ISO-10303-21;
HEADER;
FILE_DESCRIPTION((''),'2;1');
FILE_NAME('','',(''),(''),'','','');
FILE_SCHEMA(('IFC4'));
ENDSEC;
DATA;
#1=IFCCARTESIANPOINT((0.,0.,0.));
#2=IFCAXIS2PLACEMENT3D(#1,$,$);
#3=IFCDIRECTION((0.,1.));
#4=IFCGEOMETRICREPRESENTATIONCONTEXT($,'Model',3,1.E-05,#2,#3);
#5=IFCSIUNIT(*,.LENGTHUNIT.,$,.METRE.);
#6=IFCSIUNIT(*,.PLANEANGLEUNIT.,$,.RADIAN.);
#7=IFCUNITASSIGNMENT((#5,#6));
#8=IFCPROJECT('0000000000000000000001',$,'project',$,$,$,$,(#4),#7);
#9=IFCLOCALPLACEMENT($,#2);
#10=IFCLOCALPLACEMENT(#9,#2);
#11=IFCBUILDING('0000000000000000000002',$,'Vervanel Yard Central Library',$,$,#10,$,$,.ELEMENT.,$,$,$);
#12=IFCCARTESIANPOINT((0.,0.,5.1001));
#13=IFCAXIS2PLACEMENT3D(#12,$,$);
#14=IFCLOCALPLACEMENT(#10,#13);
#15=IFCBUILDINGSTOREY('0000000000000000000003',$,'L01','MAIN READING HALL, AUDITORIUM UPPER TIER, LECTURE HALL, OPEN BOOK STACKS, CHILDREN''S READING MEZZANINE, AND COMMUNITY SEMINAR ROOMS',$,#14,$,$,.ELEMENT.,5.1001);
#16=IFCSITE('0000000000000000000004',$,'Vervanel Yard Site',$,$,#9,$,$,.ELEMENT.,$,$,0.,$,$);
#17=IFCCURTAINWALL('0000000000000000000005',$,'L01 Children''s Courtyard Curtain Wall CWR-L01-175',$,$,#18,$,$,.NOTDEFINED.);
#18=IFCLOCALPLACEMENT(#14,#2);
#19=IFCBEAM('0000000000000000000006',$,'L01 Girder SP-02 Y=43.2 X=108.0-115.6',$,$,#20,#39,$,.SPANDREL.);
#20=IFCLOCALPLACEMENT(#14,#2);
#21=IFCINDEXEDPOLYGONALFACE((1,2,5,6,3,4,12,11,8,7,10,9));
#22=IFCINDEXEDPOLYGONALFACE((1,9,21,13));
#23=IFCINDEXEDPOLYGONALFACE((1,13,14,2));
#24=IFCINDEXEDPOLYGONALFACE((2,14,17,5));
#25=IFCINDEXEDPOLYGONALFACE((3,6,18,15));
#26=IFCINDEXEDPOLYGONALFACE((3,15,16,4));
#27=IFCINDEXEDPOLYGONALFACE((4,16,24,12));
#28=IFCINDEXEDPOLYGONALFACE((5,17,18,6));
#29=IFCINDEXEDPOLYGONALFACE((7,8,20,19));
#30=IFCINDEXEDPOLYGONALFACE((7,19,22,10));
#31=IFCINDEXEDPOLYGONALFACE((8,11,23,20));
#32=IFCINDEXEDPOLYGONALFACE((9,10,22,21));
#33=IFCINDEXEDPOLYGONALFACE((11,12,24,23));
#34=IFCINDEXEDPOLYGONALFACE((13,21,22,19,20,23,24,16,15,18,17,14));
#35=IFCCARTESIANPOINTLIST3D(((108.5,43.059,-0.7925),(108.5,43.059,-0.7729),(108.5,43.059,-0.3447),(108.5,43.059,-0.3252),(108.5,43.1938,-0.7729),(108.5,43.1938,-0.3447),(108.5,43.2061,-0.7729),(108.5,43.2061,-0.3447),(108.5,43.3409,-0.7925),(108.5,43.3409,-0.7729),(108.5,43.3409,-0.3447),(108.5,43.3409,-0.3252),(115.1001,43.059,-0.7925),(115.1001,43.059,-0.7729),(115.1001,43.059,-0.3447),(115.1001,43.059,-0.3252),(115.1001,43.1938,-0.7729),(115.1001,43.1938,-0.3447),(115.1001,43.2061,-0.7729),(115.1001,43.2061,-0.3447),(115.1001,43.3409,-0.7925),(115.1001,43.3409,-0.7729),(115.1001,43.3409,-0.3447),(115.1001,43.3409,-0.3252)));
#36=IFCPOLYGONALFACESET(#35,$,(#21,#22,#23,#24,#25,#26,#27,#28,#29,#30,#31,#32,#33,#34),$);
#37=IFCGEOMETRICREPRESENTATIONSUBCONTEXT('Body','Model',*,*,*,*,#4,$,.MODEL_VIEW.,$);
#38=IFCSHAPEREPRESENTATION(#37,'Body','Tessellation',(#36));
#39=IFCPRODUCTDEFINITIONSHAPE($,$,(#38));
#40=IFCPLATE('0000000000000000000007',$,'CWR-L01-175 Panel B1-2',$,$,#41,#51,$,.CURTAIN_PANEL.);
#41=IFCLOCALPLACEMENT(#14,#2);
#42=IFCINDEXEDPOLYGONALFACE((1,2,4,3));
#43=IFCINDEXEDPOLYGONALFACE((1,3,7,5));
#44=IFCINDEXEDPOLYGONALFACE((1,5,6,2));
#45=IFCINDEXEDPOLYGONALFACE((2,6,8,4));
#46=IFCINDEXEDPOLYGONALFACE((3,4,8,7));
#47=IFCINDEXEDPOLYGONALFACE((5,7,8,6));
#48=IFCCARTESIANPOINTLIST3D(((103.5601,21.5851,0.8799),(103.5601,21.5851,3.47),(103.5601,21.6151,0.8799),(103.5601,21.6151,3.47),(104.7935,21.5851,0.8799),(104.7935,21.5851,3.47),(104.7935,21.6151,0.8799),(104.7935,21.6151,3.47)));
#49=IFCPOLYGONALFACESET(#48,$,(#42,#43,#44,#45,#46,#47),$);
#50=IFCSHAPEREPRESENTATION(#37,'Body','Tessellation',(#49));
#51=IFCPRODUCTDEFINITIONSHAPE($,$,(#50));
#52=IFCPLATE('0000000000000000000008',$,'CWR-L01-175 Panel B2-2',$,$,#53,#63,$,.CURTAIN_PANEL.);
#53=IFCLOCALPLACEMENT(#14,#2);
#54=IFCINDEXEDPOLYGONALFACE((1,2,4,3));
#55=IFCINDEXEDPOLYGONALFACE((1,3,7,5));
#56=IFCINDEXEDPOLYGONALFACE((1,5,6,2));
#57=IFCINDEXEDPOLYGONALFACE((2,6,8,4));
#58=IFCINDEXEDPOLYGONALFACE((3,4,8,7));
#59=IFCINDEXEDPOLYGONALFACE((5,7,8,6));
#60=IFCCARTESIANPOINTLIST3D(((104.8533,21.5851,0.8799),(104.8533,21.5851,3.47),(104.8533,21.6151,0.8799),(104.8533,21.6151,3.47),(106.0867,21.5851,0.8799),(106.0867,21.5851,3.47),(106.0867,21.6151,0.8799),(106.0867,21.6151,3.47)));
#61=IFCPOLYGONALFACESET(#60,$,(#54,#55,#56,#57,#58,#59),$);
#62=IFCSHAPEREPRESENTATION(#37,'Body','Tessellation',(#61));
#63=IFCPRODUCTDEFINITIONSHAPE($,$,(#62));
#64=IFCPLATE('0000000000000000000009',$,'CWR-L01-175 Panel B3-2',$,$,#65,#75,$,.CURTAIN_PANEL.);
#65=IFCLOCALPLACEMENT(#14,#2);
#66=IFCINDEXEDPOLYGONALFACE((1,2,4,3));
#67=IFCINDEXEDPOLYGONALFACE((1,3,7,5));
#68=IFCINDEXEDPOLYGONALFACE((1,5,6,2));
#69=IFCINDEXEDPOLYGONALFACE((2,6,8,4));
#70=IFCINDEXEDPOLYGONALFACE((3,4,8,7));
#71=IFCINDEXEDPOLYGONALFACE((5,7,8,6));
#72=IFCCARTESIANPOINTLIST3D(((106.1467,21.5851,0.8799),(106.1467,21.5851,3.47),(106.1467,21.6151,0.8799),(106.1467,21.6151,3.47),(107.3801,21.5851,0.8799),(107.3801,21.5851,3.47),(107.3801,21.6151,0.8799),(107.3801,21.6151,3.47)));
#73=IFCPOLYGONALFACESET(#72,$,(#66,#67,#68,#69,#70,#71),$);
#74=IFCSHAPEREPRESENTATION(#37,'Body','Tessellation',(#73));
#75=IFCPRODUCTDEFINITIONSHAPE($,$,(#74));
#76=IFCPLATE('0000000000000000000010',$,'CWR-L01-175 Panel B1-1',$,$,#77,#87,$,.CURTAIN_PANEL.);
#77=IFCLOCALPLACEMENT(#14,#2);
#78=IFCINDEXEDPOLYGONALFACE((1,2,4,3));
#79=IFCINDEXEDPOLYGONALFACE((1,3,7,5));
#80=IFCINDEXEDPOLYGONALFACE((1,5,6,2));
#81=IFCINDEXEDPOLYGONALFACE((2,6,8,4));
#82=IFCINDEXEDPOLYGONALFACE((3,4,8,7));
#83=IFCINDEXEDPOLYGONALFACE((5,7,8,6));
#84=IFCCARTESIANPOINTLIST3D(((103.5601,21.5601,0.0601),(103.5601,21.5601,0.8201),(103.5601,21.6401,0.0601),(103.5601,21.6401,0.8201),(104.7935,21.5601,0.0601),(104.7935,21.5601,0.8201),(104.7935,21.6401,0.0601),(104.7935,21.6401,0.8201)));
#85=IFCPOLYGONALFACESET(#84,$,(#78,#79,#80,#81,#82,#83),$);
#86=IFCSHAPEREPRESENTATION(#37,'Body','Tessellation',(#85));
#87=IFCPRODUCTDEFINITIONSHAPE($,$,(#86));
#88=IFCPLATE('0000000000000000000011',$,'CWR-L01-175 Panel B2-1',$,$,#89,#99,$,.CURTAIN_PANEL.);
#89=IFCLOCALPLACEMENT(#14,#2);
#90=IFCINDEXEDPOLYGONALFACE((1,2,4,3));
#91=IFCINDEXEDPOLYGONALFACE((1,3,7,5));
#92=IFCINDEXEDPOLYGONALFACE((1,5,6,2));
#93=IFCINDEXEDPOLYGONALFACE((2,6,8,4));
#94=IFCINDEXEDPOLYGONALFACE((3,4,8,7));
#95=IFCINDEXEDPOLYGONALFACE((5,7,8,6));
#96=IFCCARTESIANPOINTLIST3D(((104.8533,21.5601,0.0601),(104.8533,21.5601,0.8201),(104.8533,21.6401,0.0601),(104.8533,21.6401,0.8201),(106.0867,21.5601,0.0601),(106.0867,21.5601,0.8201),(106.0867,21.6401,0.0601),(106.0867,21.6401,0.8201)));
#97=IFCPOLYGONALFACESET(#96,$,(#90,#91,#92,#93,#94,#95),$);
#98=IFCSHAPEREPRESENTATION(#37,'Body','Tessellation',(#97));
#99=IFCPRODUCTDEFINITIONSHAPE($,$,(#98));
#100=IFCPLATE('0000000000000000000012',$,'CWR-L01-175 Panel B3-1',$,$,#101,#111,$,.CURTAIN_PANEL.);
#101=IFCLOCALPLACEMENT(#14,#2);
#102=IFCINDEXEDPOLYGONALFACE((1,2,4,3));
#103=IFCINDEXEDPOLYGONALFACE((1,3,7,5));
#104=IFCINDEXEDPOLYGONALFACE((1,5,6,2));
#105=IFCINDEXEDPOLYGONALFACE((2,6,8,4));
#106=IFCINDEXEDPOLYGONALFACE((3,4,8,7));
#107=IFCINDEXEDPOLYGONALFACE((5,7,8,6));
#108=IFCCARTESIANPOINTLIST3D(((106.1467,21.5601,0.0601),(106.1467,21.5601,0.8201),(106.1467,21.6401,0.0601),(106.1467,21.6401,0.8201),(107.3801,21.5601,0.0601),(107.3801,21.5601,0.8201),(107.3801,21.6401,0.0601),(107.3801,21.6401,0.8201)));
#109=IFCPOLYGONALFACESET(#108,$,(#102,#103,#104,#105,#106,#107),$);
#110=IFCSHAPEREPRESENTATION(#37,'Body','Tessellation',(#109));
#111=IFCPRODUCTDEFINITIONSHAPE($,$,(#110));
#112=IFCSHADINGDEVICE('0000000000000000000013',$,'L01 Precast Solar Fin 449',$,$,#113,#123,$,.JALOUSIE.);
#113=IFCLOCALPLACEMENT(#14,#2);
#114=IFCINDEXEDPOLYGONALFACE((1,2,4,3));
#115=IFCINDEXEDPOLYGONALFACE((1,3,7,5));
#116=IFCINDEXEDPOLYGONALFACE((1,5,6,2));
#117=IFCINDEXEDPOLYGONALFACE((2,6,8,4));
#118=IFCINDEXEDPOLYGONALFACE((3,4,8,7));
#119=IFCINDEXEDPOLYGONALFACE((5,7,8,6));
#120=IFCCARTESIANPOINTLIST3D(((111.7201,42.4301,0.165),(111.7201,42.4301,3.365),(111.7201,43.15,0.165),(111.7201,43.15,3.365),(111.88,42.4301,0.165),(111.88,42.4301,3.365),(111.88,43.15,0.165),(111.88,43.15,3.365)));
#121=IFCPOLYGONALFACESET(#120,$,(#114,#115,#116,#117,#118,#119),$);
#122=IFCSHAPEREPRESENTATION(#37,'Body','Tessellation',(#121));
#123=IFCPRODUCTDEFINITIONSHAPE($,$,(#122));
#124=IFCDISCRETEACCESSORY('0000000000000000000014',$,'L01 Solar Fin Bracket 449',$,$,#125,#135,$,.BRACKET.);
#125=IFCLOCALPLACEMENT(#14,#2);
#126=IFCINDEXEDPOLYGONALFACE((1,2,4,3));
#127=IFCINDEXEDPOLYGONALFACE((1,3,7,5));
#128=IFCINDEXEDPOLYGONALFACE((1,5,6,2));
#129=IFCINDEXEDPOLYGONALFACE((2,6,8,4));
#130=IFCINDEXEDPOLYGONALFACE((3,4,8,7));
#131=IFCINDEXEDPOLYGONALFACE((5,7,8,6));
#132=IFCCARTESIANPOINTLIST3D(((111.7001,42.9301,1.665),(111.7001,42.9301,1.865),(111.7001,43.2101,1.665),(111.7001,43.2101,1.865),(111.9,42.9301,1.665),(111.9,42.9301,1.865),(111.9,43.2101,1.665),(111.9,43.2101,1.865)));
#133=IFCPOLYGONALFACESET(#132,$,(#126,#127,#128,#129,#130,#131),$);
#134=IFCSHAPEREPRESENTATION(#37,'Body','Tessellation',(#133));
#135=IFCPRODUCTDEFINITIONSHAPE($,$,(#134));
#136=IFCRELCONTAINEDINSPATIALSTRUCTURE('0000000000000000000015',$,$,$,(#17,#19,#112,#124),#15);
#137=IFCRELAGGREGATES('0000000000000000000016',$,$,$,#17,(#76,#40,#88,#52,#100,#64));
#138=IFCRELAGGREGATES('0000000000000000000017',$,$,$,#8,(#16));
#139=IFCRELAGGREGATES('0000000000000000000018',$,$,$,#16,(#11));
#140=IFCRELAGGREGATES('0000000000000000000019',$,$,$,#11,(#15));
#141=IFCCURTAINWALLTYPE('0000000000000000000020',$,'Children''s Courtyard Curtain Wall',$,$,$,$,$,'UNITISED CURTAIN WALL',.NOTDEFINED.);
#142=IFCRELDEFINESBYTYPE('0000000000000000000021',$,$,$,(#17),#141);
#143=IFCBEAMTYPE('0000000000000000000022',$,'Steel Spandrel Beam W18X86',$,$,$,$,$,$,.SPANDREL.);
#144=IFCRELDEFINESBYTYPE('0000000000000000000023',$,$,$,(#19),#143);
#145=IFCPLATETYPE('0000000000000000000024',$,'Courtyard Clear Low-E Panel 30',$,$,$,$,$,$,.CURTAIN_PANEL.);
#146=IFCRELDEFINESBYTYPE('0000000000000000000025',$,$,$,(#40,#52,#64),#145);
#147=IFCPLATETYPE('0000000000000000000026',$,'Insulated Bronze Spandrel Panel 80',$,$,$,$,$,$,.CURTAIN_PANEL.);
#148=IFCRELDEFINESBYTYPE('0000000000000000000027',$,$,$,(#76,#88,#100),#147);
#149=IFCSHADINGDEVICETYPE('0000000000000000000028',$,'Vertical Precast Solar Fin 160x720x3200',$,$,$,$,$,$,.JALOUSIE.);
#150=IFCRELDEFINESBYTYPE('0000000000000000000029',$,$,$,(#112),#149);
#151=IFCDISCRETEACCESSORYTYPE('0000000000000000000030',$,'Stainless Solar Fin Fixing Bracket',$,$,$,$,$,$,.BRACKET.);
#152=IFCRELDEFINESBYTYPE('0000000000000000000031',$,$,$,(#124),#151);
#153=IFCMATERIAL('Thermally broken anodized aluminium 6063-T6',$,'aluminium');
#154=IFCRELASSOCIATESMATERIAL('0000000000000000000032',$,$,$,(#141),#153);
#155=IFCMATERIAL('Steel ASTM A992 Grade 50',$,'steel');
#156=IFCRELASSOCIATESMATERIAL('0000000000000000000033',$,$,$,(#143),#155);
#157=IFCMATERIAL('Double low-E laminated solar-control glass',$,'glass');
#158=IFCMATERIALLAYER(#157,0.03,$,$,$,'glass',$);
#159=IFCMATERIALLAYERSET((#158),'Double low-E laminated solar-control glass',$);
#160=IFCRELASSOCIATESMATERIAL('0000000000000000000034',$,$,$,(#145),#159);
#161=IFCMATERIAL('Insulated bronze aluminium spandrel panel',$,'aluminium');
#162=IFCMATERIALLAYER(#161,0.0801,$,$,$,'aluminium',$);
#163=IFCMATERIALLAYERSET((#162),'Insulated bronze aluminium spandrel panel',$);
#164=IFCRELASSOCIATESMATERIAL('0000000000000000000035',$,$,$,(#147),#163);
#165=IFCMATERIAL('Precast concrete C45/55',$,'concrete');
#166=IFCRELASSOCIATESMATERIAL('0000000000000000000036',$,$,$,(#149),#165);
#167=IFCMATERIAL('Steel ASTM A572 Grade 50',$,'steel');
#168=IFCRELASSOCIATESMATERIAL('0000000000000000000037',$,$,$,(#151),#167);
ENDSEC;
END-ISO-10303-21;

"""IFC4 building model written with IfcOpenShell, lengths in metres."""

from ifc_helpers import new_model, si_unit, direction, frame, origin, origin_2d, place, context, subcontext, project, spatial, rectangle, i_section, extrude, material, layer, layer_set, material_profile, profile_set, type_object, element, aggregate, save


model = new_model("IFC4")

# Units and contexts
model_context = context("Model", 3, precision=1e-05, world=origin(), true_north=direction((0.0, 1.0)))
body_context = subcontext(model_context, "Body", "Model", "MODEL_VIEW")
ifc_project = project(units=[si_unit("LENGTHUNIT", "METRE"), si_unit("PLANEANGLEUNIT", "RADIAN")], contexts=[model_context])

# Site, building, storey
site_placement = place(None, origin())
site = spatial("IfcSite", under=ifc_project, at=site_placement, Name="Vervanel Yard Site", CompositionType="ELEMENT", RefElevation=0.0)
building_placement = place(site_placement, origin())
building = spatial("IfcBuilding", under=site, at=building_placement, Name="Vervanel Yard Central Library", CompositionType="ELEMENT")
storey_placement = place(building_placement, frame((0.0, 0.0, 5.1001)))
storey = spatial("IfcBuildingStorey", under=building, at=storey_placement, Name="L01", Description="MAIN READING HALL, AUDITORIUM UPPER TIER, LECTURE HALL, OPEN BOOK STACKS, CHILDREN'S READING MEZZANINE, AND COMMUNITY SEMINAR ROOMS", CompositionType="ELEMENT", Elevation=5.1001)

# Shared definitions
ifc_material_1 = material(Name="Steel ASTM A992 Grade 50", Category="steel")

# Curtain wall
ifc_material_2 = material(Name="Thermally broken anodized aluminium 6063-T6", Category="aluminium")
curtain_wall_type_1 = type_object("IfcCurtainWallType", Name="Children's Courtyard Curtain Wall", ElementType="UNITISED CURTAIN WALL", PredefinedType="NOTDEFINED", material=ifc_material_2)
curtain_wall_1_placement = place(storey_placement, origin())
curtain_wall_1 = element("IfcCurtainWall", 1, at=curtain_wall_1_placement, inside=storey, type_object=curtain_wall_type_1, Name="L01 Children's Courtyard Curtain Wall CWR-L01-175", PredefinedType="NOTDEFINED")

# Beam
ifc_material_profile_1 = material_profile(ifc_material_1, i_section(OverallWidth=0.282, OverallDepth=0.4673, WebThickness=0.0122, FlangeThickness=0.0195, at=origin_2d()), Name="W18X86", Category="steel")
ifc_profile_set_1 = profile_set([ifc_material_profile_1], Name="Steel ASTM A992 Grade 50")
beam_type = type_object("IfcBeamType", Name="Steel Spandrel Beam W18X86", PredefinedType="SPANDREL", material=ifc_profile_set_1)
beam_placement = place(storey_placement, frame((108.5, 43.2, -0.5588), z_axis=(1.0, 0.0, 0.0), x_axis=(0.0, 1.0, 0.0)))
element("IfcBeam", 2, at=beam_placement, inside=storey, type_object=beam_type, Name="L01 Girder SP-02 Y=43.2 X=108.0-115.6", PredefinedType="SPANDREL", context=body_context, shape_type="SweptSolid", body=[
    extrude(i_section(OverallWidth=0.282, OverallDepth=0.4673, WebThickness=0.0122, FlangeThickness=0.0195, at=origin_2d()), origin(), (0.0, 0.0, 1.0), 6.6001),
])

# Plates
ifc_material_3 = material(Name="Double low-E laminated solar-control glass", Category="glass")
ifc_layer_1 = layer(ifc_material_3, 0.03, Category="glass")
ifc_layer_set_1 = layer_set([ifc_layer_1], Name="Double low-E laminated solar-control glass")
plate_type_1 = type_object("IfcPlateType", Name="Courtyard Clear Low-E Panel 30", PredefinedType="CURTAIN_PANEL", material=ifc_layer_set_1)
plate_1_placement = place(storey_placement, frame((104.1768, 21.6001, 0.8799), z_axis=(0.0, 0.0, 1.0), x_axis=(1.0, 0.0, 0.0)))
plate_1 = element("IfcPlate", 3, at=plate_1_placement, type_object=plate_type_1, Name="CWR-L01-175 Panel B1-2", PredefinedType="CURTAIN_PANEL", context=body_context, shape_type="SweptSolid", body=[
    extrude(rectangle(XDim=1.2334, YDim=0.03, at=origin_2d()), origin(), (0.0, 0.0, 1.0), 2.5901),
])
plate_2_placement = place(storey_placement, frame((105.47, 21.6001, 0.8799), z_axis=(0.0, 0.0, 1.0), x_axis=(1.0, 0.0, 0.0)))
plate_2 = element("IfcPlate", 4, at=plate_2_placement, type_object=plate_type_1, Name="CWR-L01-175 Panel B2-2", PredefinedType="CURTAIN_PANEL", context=body_context, shape_type="SweptSolid", body=[
    extrude(rectangle(XDim=1.2334, YDim=0.03, at=origin_2d()), origin(), (0.0, 0.0, 1.0), 2.5901),
])
plate_3_placement = place(storey_placement, frame((106.7634, 21.6001, 0.8799), z_axis=(0.0, 0.0, 1.0), x_axis=(1.0, 0.0, 0.0)))
plate_3 = element("IfcPlate", 5, at=plate_3_placement, type_object=plate_type_1, Name="CWR-L01-175 Panel B3-2", PredefinedType="CURTAIN_PANEL", context=body_context, shape_type="SweptSolid", body=[
    extrude(rectangle(XDim=1.2334, YDim=0.03, at=origin_2d()), origin(), (0.0, 0.0, 1.0), 2.5901),
])
ifc_material_4 = material(Name="Insulated bronze aluminium spandrel panel", Category="aluminium")
ifc_layer_2 = layer(ifc_material_4, 0.0801, Category="aluminium")
ifc_layer_set_2 = layer_set([ifc_layer_2], Name="Insulated bronze aluminium spandrel panel")
plate_type_2 = type_object("IfcPlateType", Name="Insulated Bronze Spandrel Panel 80", PredefinedType="CURTAIN_PANEL", material=ifc_layer_set_2)
plate_4_placement = place(storey_placement, frame((104.1768, 21.6001, 0.0601), z_axis=(0.0, 0.0, 1.0), x_axis=(1.0, 0.0, 0.0)))
plate_4 = element("IfcPlate", 6, at=plate_4_placement, type_object=plate_type_2, Name="CWR-L01-175 Panel B1-1", PredefinedType="CURTAIN_PANEL", context=body_context, shape_type="SweptSolid", body=[
    extrude(rectangle(XDim=1.2334, YDim=0.0801, at=origin_2d()), origin(), (0.0, 0.0, 1.0), 0.76),
])
plate_5_placement = place(storey_placement, frame((105.47, 21.6001, 0.0601), z_axis=(0.0, 0.0, 1.0), x_axis=(1.0, 0.0, 0.0)))
plate_5 = element("IfcPlate", 7, at=plate_5_placement, type_object=plate_type_2, Name="CWR-L01-175 Panel B2-1", PredefinedType="CURTAIN_PANEL", context=body_context, shape_type="SweptSolid", body=[
    extrude(rectangle(XDim=1.2334, YDim=0.0801, at=origin_2d()), origin(), (0.0, 0.0, 1.0), 0.76),
])
plate_6_placement = place(storey_placement, frame((106.7634, 21.6001, 0.0601), z_axis=(0.0, 0.0, 1.0), x_axis=(1.0, 0.0, 0.0)))
plate_6 = element("IfcPlate", 8, at=plate_6_placement, type_object=plate_type_2, Name="CWR-L01-175 Panel B3-1", PredefinedType="CURTAIN_PANEL", context=body_context, shape_type="SweptSolid", body=[
    extrude(rectangle(XDim=1.2334, YDim=0.0801, at=origin_2d()), origin(), (0.0, 0.0, 1.0), 0.76),
])
aggregate(curtain_wall_1, [plate_4, plate_1, plate_5, plate_2, plate_6, plate_3])

# Shading device
ifc_material_5 = material(Name="Precast concrete C45/55", Category="concrete")
shading_device_type = type_object("IfcShadingDeviceType", Name="Vertical Precast Solar Fin 160x720x3200", PredefinedType="JALOUSIE", material=ifc_material_5)
shading_device_placement = place(storey_placement, frame((111.8, 42.79, 0.165), z_axis=(0.0, 0.0, 1.0), x_axis=(1.0, 0.0, 0.0)))
element("IfcShadingDevice", 9, at=shading_device_placement, inside=storey, type_object=shading_device_type, Name="L01 Precast Solar Fin 449", PredefinedType="JALOUSIE", context=body_context, shape_type="SweptSolid", body=[
    extrude(rectangle(XDim=0.1599, YDim=0.72, at=origin_2d()), origin(), (0.0, 0.0, 1.0), 3.2),
])

# Discrete accessory
ifc_material_6 = material(Name="Steel ASTM A572 Grade 50", Category="steel")
discrete_accessory_type = type_object("IfcDiscreteAccessoryType", Name="Stainless Solar Fin Fixing Bracket", PredefinedType="BRACKET", material=ifc_material_6)
discrete_accessory_placement = place(storey_placement, frame((111.8, 43.0701, 1.665), z_axis=(0.0, 0.0, 1.0), x_axis=(1.0, 0.0, 0.0)))
element("IfcDiscreteAccessory", 10, at=discrete_accessory_placement, inside=storey, type_object=discrete_accessory_type, Name="L01 Solar Fin Bracket 449", PredefinedType="BRACKET", context=body_context, shape_type="SweptSolid", body=[
    extrude(rectangle(XDim=0.2, YDim=0.28, at=origin_2d()), origin(), (0.0, 0.0, 1.0), 0.2),
])

save(model, "model.ifc")
